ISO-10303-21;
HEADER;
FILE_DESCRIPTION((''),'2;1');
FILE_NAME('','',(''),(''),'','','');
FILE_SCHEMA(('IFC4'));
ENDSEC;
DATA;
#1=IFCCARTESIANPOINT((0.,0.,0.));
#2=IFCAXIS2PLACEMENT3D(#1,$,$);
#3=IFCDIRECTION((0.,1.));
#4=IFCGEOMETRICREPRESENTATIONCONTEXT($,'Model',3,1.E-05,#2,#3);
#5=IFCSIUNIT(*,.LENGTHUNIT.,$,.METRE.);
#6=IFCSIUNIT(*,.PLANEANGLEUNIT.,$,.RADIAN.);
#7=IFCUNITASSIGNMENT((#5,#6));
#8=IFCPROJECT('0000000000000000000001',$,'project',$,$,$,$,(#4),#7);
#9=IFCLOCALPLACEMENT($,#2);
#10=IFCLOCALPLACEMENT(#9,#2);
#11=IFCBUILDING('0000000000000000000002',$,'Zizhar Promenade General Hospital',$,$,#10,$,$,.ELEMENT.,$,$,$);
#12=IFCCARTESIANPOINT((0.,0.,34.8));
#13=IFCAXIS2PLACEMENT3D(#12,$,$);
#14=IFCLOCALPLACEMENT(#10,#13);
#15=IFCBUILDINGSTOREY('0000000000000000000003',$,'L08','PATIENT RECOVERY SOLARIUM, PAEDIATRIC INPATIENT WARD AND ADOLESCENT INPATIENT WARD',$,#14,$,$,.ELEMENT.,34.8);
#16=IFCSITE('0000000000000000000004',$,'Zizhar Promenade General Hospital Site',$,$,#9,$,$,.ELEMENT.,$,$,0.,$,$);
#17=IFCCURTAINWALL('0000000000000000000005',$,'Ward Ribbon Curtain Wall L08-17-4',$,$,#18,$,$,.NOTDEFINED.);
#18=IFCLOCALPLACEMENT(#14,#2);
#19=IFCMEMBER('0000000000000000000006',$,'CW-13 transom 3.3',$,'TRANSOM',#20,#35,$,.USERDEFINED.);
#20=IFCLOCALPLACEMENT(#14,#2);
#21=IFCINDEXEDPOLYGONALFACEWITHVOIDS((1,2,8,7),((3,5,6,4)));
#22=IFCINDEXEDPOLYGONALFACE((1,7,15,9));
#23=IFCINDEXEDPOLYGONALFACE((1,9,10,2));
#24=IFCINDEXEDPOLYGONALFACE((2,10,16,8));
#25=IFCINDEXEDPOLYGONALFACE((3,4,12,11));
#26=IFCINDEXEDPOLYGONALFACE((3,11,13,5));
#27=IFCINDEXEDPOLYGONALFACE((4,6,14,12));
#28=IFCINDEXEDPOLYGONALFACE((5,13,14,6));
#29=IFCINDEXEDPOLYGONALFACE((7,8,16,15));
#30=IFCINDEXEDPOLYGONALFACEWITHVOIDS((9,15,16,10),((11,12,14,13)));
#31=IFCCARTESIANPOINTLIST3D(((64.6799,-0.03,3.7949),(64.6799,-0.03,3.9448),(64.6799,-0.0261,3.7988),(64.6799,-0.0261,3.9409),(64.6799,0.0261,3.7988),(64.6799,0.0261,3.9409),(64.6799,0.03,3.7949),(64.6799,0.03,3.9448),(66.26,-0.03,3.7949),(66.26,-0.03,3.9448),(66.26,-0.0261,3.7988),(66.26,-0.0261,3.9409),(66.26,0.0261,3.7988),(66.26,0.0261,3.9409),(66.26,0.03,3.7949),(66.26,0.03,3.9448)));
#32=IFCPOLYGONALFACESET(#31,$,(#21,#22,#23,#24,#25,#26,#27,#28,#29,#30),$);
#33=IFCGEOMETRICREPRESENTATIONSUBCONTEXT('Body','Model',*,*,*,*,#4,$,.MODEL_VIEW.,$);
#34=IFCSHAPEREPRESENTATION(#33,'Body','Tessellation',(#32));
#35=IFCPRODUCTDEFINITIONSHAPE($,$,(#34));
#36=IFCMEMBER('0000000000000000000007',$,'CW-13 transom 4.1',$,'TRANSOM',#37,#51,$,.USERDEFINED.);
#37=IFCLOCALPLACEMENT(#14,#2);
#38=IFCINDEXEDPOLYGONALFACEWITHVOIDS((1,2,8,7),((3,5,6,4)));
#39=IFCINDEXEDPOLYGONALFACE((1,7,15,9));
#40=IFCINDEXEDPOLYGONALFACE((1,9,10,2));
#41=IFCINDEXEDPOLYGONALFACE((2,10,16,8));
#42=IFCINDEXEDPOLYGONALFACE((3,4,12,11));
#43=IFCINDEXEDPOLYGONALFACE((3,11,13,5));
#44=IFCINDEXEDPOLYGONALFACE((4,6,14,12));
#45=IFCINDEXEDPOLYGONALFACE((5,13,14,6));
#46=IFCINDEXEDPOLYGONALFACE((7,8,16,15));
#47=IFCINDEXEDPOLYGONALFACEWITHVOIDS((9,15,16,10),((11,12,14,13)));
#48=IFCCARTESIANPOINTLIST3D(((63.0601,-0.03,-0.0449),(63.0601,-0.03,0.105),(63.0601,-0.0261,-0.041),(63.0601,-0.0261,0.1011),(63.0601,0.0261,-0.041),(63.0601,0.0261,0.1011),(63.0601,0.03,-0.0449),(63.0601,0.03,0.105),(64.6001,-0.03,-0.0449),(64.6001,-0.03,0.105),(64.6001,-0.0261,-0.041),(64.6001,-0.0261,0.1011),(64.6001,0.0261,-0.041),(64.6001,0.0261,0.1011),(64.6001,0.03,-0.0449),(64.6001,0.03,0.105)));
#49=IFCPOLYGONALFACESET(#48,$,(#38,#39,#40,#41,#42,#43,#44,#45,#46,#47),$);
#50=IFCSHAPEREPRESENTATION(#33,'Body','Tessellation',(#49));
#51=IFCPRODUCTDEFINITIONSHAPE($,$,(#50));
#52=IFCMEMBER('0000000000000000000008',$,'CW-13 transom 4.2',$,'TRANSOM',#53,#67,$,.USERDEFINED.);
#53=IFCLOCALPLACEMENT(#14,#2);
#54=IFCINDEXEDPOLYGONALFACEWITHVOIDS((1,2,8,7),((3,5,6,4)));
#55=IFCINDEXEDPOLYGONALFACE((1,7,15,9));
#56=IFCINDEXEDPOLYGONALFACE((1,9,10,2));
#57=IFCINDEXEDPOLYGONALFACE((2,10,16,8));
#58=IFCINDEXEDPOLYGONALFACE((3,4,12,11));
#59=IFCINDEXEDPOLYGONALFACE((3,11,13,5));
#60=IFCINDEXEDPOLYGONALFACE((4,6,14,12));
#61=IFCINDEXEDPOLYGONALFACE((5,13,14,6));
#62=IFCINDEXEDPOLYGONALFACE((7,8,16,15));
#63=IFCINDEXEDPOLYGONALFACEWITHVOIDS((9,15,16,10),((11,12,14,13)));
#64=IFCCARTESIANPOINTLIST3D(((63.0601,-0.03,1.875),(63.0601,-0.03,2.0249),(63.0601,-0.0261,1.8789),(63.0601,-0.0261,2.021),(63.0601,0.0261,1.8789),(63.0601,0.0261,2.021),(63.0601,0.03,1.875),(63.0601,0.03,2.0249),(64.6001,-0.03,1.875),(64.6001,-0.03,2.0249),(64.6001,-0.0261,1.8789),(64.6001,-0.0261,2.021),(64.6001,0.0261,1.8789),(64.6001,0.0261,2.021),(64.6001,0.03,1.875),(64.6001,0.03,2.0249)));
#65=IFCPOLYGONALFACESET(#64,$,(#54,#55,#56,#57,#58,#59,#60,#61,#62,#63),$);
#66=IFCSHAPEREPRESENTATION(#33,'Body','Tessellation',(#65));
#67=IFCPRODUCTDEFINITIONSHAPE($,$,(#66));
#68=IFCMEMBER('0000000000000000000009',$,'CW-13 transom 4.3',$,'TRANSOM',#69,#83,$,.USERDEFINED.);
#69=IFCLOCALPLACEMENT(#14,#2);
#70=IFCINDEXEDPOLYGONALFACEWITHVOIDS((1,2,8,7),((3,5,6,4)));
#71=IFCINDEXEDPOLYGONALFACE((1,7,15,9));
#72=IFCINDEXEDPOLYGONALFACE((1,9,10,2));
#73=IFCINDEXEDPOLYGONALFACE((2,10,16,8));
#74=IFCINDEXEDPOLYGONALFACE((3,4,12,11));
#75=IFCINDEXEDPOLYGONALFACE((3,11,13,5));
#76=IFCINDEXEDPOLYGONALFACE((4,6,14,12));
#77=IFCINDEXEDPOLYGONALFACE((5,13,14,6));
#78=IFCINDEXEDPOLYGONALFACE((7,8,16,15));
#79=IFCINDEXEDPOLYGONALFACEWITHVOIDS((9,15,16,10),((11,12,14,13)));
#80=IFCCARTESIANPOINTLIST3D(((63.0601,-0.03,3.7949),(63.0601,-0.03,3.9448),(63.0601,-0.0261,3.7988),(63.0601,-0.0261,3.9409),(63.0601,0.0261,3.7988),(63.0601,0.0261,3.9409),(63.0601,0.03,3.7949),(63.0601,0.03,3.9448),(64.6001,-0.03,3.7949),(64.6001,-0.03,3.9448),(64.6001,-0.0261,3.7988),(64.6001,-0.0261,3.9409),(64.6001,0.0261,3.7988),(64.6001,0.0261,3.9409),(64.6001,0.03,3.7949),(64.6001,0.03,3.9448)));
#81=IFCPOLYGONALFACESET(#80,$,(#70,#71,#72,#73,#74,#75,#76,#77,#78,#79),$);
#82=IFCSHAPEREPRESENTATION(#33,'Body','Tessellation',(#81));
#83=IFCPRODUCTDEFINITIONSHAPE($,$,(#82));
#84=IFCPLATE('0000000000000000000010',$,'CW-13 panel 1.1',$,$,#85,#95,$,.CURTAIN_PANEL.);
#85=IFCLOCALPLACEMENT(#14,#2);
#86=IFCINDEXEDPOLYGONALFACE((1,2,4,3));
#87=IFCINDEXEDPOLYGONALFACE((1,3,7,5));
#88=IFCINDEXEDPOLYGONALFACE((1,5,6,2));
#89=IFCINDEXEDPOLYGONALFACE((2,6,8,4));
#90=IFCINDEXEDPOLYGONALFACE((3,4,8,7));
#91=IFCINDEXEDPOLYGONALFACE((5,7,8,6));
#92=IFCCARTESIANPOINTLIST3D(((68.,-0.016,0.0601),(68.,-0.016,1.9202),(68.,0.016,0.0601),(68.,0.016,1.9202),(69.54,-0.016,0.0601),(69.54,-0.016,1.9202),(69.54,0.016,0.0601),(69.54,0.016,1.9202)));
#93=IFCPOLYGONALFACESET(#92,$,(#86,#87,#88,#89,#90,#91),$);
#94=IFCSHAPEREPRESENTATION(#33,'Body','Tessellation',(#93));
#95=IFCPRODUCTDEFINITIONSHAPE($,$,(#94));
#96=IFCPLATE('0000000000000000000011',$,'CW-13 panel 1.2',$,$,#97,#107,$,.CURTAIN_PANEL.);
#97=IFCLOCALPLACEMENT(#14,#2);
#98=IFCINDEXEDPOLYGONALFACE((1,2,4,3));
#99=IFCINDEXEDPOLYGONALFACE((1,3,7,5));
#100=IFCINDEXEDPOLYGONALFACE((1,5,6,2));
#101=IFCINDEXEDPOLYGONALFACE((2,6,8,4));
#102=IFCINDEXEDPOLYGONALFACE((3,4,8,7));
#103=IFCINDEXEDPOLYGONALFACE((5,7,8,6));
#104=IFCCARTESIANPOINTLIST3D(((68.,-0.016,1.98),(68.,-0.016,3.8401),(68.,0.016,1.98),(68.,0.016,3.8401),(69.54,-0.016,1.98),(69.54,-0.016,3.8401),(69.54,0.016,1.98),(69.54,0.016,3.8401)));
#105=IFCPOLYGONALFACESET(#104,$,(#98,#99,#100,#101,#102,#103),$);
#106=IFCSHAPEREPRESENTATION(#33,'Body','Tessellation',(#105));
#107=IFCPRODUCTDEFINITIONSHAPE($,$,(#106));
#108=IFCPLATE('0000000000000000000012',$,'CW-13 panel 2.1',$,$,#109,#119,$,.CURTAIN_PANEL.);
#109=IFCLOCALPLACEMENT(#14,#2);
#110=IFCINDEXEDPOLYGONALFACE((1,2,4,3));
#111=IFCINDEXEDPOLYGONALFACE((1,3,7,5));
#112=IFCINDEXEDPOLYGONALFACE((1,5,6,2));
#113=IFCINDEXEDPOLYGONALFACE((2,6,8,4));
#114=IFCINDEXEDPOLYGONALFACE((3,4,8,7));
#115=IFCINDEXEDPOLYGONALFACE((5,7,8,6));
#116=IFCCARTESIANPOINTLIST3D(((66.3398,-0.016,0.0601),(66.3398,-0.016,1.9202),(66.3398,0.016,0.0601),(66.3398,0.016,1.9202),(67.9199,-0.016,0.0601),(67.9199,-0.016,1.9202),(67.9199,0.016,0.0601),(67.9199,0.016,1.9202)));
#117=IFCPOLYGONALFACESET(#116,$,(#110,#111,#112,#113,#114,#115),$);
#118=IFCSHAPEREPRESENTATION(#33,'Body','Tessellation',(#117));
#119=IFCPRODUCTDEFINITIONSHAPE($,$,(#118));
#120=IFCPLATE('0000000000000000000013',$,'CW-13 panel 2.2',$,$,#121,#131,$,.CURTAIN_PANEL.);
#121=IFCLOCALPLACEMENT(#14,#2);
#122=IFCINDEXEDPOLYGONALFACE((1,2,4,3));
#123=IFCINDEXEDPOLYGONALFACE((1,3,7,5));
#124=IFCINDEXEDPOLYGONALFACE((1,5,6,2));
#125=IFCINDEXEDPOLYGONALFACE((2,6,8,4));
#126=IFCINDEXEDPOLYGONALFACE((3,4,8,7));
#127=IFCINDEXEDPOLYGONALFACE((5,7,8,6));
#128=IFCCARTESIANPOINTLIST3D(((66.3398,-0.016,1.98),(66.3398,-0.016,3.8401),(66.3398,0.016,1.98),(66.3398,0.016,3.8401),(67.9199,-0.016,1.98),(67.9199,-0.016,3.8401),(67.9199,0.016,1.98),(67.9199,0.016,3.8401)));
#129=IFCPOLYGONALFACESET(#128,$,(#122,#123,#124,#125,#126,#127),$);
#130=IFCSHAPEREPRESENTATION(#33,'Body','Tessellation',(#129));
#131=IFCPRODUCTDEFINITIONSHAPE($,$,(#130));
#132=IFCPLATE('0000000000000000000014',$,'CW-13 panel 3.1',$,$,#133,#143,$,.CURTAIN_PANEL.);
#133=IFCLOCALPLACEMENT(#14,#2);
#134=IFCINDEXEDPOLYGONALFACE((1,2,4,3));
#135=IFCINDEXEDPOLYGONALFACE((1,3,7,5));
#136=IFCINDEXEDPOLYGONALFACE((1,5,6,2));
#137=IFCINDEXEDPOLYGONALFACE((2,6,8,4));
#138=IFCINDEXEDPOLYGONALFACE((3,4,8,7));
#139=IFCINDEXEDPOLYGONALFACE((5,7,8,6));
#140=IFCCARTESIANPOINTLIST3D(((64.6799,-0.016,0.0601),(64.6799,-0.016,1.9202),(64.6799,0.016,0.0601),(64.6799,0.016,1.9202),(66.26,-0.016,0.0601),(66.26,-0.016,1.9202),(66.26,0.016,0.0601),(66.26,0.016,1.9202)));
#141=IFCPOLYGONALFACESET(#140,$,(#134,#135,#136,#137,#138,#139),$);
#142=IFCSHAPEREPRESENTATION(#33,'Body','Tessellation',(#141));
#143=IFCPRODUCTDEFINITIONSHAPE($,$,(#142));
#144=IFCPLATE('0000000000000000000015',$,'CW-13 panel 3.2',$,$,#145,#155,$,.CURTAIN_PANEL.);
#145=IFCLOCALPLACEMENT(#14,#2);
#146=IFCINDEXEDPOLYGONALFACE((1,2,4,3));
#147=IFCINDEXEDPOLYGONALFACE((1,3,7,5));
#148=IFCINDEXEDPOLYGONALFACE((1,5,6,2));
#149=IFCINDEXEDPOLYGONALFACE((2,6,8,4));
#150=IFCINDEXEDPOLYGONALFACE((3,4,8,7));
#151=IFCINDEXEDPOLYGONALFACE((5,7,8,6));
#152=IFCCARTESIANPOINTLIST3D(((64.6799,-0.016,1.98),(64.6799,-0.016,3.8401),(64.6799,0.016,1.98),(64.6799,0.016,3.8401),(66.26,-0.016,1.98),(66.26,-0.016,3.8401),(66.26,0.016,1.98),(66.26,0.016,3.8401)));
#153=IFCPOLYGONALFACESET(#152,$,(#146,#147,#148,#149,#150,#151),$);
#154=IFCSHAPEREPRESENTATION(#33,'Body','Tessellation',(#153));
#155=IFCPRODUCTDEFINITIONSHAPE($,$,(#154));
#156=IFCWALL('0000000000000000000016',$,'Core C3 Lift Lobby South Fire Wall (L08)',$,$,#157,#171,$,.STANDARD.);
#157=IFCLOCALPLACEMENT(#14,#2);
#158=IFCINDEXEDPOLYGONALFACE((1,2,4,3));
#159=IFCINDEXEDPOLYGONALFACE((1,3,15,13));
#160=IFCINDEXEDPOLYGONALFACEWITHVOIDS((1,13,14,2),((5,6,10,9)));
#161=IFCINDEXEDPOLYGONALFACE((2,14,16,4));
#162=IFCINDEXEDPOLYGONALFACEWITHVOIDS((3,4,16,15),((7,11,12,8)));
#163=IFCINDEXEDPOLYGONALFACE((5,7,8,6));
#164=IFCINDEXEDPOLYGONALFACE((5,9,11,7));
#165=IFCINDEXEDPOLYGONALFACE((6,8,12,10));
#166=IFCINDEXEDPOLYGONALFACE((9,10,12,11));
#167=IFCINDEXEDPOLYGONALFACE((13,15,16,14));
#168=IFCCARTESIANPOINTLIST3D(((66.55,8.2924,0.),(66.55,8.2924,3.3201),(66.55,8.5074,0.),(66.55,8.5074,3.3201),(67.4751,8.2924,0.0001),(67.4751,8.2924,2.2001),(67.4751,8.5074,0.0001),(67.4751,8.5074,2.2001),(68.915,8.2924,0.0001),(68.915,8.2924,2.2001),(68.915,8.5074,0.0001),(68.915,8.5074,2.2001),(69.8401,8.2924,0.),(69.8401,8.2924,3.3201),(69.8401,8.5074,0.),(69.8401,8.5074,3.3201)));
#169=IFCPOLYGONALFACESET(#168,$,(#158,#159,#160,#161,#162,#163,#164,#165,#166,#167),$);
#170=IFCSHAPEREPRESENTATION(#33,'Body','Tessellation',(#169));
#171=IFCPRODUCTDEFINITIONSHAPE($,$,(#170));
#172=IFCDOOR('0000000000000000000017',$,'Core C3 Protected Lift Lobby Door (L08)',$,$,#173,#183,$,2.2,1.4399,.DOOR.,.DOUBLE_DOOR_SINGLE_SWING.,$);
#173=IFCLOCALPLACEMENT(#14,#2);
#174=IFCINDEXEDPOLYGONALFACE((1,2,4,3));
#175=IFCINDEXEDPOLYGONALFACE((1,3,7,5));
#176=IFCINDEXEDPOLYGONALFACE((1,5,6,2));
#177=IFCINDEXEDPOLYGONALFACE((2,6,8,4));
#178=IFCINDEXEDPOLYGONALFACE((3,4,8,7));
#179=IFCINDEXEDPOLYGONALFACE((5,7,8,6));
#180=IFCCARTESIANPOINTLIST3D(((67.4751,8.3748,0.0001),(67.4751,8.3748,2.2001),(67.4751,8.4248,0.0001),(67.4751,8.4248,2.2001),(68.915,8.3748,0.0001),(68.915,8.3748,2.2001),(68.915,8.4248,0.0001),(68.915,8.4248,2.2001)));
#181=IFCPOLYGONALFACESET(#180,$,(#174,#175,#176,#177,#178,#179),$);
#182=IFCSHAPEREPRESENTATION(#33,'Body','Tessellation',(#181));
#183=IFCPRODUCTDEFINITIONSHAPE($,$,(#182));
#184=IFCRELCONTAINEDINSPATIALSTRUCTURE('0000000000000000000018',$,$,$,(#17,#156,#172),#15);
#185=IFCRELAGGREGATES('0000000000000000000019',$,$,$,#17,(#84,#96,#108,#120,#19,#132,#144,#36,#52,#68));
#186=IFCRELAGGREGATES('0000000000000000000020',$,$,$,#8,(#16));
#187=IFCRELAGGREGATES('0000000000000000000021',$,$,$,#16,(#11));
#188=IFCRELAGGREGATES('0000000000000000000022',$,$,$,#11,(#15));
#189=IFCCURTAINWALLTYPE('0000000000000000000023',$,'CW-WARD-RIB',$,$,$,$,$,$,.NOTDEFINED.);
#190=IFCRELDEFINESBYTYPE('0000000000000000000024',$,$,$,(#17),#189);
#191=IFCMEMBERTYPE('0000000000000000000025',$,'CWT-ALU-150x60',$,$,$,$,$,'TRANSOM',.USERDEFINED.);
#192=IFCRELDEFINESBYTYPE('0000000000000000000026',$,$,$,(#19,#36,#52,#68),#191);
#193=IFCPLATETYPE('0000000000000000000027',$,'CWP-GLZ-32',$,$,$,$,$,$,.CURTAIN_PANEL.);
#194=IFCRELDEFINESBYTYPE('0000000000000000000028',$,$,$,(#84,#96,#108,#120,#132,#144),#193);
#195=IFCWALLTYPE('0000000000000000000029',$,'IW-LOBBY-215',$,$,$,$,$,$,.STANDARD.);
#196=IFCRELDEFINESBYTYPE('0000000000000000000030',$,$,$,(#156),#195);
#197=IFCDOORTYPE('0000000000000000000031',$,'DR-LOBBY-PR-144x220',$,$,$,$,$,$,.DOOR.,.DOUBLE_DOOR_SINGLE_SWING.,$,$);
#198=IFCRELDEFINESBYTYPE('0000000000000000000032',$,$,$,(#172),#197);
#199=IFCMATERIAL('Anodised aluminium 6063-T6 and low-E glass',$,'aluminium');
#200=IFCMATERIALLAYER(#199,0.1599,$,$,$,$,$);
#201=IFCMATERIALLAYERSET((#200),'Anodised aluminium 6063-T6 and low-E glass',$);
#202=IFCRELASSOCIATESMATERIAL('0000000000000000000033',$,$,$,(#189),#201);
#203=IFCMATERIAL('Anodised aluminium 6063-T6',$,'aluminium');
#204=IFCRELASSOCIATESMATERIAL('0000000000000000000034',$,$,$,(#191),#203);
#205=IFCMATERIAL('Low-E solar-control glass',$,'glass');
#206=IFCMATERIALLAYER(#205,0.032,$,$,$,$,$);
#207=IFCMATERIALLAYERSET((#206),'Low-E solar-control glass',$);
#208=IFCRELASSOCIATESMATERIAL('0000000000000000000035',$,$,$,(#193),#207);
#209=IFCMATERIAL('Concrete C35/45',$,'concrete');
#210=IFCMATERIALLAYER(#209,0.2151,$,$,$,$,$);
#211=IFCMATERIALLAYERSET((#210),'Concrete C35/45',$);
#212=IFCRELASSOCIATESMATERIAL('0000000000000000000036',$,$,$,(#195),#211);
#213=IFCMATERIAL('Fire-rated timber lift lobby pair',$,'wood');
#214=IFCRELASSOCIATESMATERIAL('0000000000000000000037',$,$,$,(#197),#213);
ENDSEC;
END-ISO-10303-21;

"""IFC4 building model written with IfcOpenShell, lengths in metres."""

from ifc_helpers import new_model, si_unit, direction, frame, frame_2d, origin, origin_2d, place, context, subcontext, project, spatial, rectangle, hollow_rectangle, extrude, material, layer, layer_set, material_profile, profile_set, type_object, element, fill, aggregate, save


model = new_model("IFC4")

# Units and contexts
model_context = context("Model", 3, precision=1e-05, world=origin(), true_north=direction((0.0, 1.0)))
body_context = subcontext(model_context, "Body", "Model", "MODEL_VIEW")
ifc_project = project(units=[si_unit("LENGTHUNIT", "METRE"), si_unit("PLANEANGLEUNIT", "RADIAN")], contexts=[model_context])

# Site, building, storey
site_placement = place(None, origin())
site = spatial("IfcSite", under=ifc_project, at=site_placement, Name="Zizhar Promenade General Hospital Site", CompositionType="ELEMENT", RefElevation=0.0)
building_placement = place(site_placement, origin())
building = spatial("IfcBuilding", under=site, at=building_placement, Name="Zizhar Promenade General Hospital", CompositionType="ELEMENT")
storey_placement = place(building_placement, frame((0.0, 0.0, 34.8)))
storey = spatial("IfcBuildingStorey", under=building, at=storey_placement, Name="L08", Description="PATIENT RECOVERY SOLARIUM, PAEDIATRIC INPATIENT WARD AND ADOLESCENT INPATIENT WARD", CompositionType="ELEMENT", Elevation=34.8)

# Curtain wall, members, plates
ifc_material_1 = material(Name="Anodised aluminium 6063-T6 and low-E glass", Category="aluminium")
ifc_layer_1 = layer(ifc_material_1, 0.1599)
ifc_layer_set_1 = layer_set([ifc_layer_1], Name="Anodised aluminium 6063-T6 and low-E glass")
curtain_wall_type = type_object("IfcCurtainWallType", Name="CW-WARD-RIB", PredefinedType="NOTDEFINED", material=ifc_layer_set_1)
curtain_wall_placement = place(storey_placement, origin())
curtain_wall = element("IfcCurtainWall", 1, at=curtain_wall_placement, inside=storey, type_object=curtain_wall_type, Name="Ward Ribbon Curtain Wall L08-17-4", PredefinedType="NOTDEFINED")
ifc_material_2 = material(Name="Anodised aluminium 6063-T6", Category="aluminium")
ifc_material_profile_1 = material_profile(ifc_material_2, hollow_rectangle(XDim=0.0601, YDim=0.1499, WallThickness=0.0039, at=origin_2d()))
ifc_profile_set_1 = profile_set([ifc_material_profile_1], Name="Anodised aluminium 6063-T6")
member_type_1 = type_object("IfcMemberType", Name="CWT-ALU-150x60", ElementType="TRANSOM", PredefinedType="USERDEFINED", material=ifc_profile_set_1)
member_1_placement = place(storey_placement, frame((66.26, 0.0, 3.8699), z_axis=(-1.0, 0.0, 0.0), x_axis=(0.0, -1.0, 0.0)))
member_1 = element("IfcMember", 2, at=member_1_placement, type_object=member_type_1, Name="CW-13 transom 3.3", ObjectType="TRANSOM", PredefinedType="USERDEFINED", context=body_context, shape_type="SweptSolid", body=[
    extrude(hollow_rectangle(XDim=0.0601, YDim=0.1499, WallThickness=0.0039, at=origin_2d()), origin(), (0.0, 0.0, 1.0), 1.5801),
])
member_2_placement = place(storey_placement, frame((64.6001, 0.0, 0.03), z_axis=(-1.0, 0.0, 0.0), x_axis=(0.0, -1.0, 0.0)))
member_2 = element("IfcMember", 3, at=member_2_placement, type_object=member_type_1, Name="CW-13 transom 4.1", ObjectType="TRANSOM", PredefinedType="USERDEFINED", context=body_context, shape_type="SweptSolid", body=[
    extrude(hollow_rectangle(XDim=0.0601, YDim=0.1499, WallThickness=0.0039, at=origin_2d()), origin(), (0.0, 0.0, 1.0), 1.54),
])
member_3_placement = place(storey_placement, frame((64.6001, 0.0, 1.95), z_axis=(-1.0, 0.0, 0.0), x_axis=(0.0, -1.0, 0.0)))
member_3 = element("IfcMember", 4, at=member_3_placement, type_object=member_type_1, Name="CW-13 transom 4.2", ObjectType="TRANSOM", PredefinedType="USERDEFINED", context=body_context, shape_type="SweptSolid", body=[
    extrude(hollow_rectangle(XDim=0.0601, YDim=0.1499, WallThickness=0.0039, at=origin_2d()), origin(), (0.0, 0.0, 1.0), 1.54),
])
member_4_placement = place(storey_placement, frame((64.6001, 0.0, 3.8699), z_axis=(-1.0, 0.0, 0.0), x_axis=(0.0, -1.0, 0.0)))
member_4 = element("IfcMember", 5, at=member_4_placement, type_object=member_type_1, Name="CW-13 transom 4.3", ObjectType="TRANSOM", PredefinedType="USERDEFINED", context=body_context, shape_type="SweptSolid", body=[
    extrude(hollow_rectangle(XDim=0.0601, YDim=0.1499, WallThickness=0.0039, at=origin_2d()), origin(), (0.0, 0.0, 1.0), 1.54),
])
ifc_material_3 = material(Name="Low-E solar-control glass", Category="glass")
ifc_layer_2 = layer(ifc_material_3, 0.032)
ifc_layer_set_2 = layer_set([ifc_layer_2], Name="Low-E solar-control glass")
plate_type = type_object("IfcPlateType", Name="CWP-GLZ-32", PredefinedType="CURTAIN_PANEL", material=ifc_layer_set_2)
plate_1_placement = place(storey_placement, frame((68.77, 0.0, 0.0601), z_axis=(0.0, 0.0, 1.0), x_axis=(-1.0, 0.0, 0.0)))
plate_1 = element("IfcPlate", 6, at=plate_1_placement, type_object=plate_type, Name="CW-13 panel 1.1", PredefinedType="CURTAIN_PANEL", context=body_context, shape_type="SweptSolid", body=[
    extrude(rectangle(XDim=1.54, YDim=0.032, at=origin_2d()), origin(), (0.0, 0.0, 1.0), 1.8601),
])
plate_2_placement = place(storey_placement, frame((68.77, 0.0, 1.98), z_axis=(0.0, 0.0, 1.0), x_axis=(-1.0, 0.0, 0.0)))
plate_2 = element("IfcPlate", 7, at=plate_2_placement, type_object=plate_type, Name="CW-13 panel 1.2", PredefinedType="CURTAIN_PANEL", context=body_context, shape_type="SweptSolid", body=[
    extrude(rectangle(XDim=1.54, YDim=0.032, at=origin_2d()), origin(), (0.0, 0.0, 1.0), 1.8601),
])
plate_3_placement = place(storey_placement, frame((67.1299, 0.0, 0.0601), z_axis=(0.0, 0.0, 1.0), x_axis=(-1.0, 0.0, 0.0)))
plate_3 = element("IfcPlate", 8, at=plate_3_placement, type_object=plate_type, Name="CW-13 panel 2.1", PredefinedType="CURTAIN_PANEL", context=body_context, shape_type="SweptSolid", body=[
    extrude(rectangle(XDim=1.5801, YDim=0.032, at=origin_2d()), origin(), (0.0, 0.0, 1.0), 1.8601),
])
plate_4_placement = place(storey_placement, frame((67.1299, 0.0, 1.98), z_axis=(0.0, 0.0, 1.0), x_axis=(-1.0, 0.0, 0.0)))
plate_4 = element("IfcPlate", 9, at=plate_4_placement, type_object=plate_type, Name="CW-13 panel 2.2", PredefinedType="CURTAIN_PANEL", context=body_context, shape_type="SweptSolid", body=[
    extrude(rectangle(XDim=1.5801, YDim=0.032, at=origin_2d()), origin(), (0.0, 0.0, 1.0), 1.8601),
])
plate_5_placement = place(storey_placement, frame((65.47, 0.0, 0.0601), z_axis=(0.0, 0.0, 1.0), x_axis=(-1.0, 0.0, 0.0)))
plate_5 = element("IfcPlate", 10, at=plate_5_placement, type_object=plate_type, Name="CW-13 panel 3.1", PredefinedType="CURTAIN_PANEL", context=body_context, shape_type="SweptSolid", body=[
    extrude(rectangle(XDim=1.5801, YDim=0.032, at=origin_2d()), origin(), (0.0, 0.0, 1.0), 1.8601),
])
plate_6_placement = place(storey_placement, frame((65.47, 0.0, 1.98), z_axis=(0.0, 0.0, 1.0), x_axis=(-1.0, 0.0, 0.0)))
plate_6 = element("IfcPlate", 11, at=plate_6_placement, type_object=plate_type, Name="CW-13 panel 3.2", PredefinedType="CURTAIN_PANEL", context=body_context, shape_type="SweptSolid", body=[
    extrude(rectangle(XDim=1.5801, YDim=0.032, at=origin_2d()), origin(), (0.0, 0.0, 1.0), 1.8601),
])
aggregate(curtain_wall, [plate_1, plate_2, plate_3, plate_4, member_1, plate_5, plate_6, member_2, member_3, member_4])

# Wall, opening, door
ifc_material_4 = material(Name="Concrete C35/45", Category="concrete")
ifc_layer_3 = layer(ifc_material_4, 0.2151)
ifc_layer_set_3 = layer_set([ifc_layer_3], Name="Concrete C35/45")
wall_type_1 = type_object("IfcWallType", Name="IW-LOBBY-215", PredefinedType="STANDARD", material=ifc_layer_set_3)
wall_1_placement = place(storey_placement, frame((66.55, 8.3999, 0.0), z_axis=(0.0, 0.0, 1.0), x_axis=(1.0, 0.0, 0.0)))
wall_1 = element("IfcWall", 12, at=wall_1_placement, inside=storey, type_object=wall_type_1, Name="Core C3 Lift Lobby South Fire Wall (L08)", PredefinedType="STANDARD", context=body_context, shape_type="SweptSolid", body=[
    extrude(rectangle(XDim=3.29, YDim=0.2151, at=frame_2d((1.645, 0.0))), origin(), (0.0, 0.0, 1.0), 3.3201),
])
opening_1_placement = place(wall_1_placement, frame((0.925, 0.0, 0.0)))
opening_1 = element("IfcOpeningElement", 13, at=opening_1_placement, cuts=wall_1, PredefinedType="OPENING", context=body_context, shape_type="SweptSolid", body=[
    extrude(rectangle(XDim=1.4399, YDim=2.2, at=frame_2d((0.72, 1.1001))), frame((0.0, 0.1177, 0.0), z_axis=(0.0, -1.0, 0.0), x_axis=(1.0, 0.0, 0.0)), (0.0, 0.0, 1.0), 0.2351),
])
ifc_material_5 = material(Name="Fire-rated timber lift lobby pair", Category="wood")
door_type_1 = type_object("IfcDoorType", Name="DR-LOBBY-PR-144x220", OperationType="DOUBLE_DOOR_SINGLE_SWING", PredefinedType="DOOR", material=ifc_material_5)
door_1_placement = place(opening_1_placement, origin())
door_1 = element("IfcDoor", 14, at=door_1_placement, inside=storey, type_object=door_type_1, Name="Core C3 Protected Lift Lobby Door (L08)", OperationType="DOUBLE_DOOR_SINGLE_SWING", OverallHeight=2.2, OverallWidth=1.4399, PredefinedType="DOOR", context=body_context, shape_type="SweptSolid", body=[
    extrude(rectangle(XDim=1.4399, YDim=2.2, at=frame_2d((0.72, 1.1001))), frame((0.0, 0.0249, 0.0), z_axis=(0.0, -1.0, 0.0), x_axis=(1.0, 0.0, 0.0)), (0.0, 0.0, 1.0), 0.05),
])
fill(opening_1, door_1)

save(model, "model.ifc")
